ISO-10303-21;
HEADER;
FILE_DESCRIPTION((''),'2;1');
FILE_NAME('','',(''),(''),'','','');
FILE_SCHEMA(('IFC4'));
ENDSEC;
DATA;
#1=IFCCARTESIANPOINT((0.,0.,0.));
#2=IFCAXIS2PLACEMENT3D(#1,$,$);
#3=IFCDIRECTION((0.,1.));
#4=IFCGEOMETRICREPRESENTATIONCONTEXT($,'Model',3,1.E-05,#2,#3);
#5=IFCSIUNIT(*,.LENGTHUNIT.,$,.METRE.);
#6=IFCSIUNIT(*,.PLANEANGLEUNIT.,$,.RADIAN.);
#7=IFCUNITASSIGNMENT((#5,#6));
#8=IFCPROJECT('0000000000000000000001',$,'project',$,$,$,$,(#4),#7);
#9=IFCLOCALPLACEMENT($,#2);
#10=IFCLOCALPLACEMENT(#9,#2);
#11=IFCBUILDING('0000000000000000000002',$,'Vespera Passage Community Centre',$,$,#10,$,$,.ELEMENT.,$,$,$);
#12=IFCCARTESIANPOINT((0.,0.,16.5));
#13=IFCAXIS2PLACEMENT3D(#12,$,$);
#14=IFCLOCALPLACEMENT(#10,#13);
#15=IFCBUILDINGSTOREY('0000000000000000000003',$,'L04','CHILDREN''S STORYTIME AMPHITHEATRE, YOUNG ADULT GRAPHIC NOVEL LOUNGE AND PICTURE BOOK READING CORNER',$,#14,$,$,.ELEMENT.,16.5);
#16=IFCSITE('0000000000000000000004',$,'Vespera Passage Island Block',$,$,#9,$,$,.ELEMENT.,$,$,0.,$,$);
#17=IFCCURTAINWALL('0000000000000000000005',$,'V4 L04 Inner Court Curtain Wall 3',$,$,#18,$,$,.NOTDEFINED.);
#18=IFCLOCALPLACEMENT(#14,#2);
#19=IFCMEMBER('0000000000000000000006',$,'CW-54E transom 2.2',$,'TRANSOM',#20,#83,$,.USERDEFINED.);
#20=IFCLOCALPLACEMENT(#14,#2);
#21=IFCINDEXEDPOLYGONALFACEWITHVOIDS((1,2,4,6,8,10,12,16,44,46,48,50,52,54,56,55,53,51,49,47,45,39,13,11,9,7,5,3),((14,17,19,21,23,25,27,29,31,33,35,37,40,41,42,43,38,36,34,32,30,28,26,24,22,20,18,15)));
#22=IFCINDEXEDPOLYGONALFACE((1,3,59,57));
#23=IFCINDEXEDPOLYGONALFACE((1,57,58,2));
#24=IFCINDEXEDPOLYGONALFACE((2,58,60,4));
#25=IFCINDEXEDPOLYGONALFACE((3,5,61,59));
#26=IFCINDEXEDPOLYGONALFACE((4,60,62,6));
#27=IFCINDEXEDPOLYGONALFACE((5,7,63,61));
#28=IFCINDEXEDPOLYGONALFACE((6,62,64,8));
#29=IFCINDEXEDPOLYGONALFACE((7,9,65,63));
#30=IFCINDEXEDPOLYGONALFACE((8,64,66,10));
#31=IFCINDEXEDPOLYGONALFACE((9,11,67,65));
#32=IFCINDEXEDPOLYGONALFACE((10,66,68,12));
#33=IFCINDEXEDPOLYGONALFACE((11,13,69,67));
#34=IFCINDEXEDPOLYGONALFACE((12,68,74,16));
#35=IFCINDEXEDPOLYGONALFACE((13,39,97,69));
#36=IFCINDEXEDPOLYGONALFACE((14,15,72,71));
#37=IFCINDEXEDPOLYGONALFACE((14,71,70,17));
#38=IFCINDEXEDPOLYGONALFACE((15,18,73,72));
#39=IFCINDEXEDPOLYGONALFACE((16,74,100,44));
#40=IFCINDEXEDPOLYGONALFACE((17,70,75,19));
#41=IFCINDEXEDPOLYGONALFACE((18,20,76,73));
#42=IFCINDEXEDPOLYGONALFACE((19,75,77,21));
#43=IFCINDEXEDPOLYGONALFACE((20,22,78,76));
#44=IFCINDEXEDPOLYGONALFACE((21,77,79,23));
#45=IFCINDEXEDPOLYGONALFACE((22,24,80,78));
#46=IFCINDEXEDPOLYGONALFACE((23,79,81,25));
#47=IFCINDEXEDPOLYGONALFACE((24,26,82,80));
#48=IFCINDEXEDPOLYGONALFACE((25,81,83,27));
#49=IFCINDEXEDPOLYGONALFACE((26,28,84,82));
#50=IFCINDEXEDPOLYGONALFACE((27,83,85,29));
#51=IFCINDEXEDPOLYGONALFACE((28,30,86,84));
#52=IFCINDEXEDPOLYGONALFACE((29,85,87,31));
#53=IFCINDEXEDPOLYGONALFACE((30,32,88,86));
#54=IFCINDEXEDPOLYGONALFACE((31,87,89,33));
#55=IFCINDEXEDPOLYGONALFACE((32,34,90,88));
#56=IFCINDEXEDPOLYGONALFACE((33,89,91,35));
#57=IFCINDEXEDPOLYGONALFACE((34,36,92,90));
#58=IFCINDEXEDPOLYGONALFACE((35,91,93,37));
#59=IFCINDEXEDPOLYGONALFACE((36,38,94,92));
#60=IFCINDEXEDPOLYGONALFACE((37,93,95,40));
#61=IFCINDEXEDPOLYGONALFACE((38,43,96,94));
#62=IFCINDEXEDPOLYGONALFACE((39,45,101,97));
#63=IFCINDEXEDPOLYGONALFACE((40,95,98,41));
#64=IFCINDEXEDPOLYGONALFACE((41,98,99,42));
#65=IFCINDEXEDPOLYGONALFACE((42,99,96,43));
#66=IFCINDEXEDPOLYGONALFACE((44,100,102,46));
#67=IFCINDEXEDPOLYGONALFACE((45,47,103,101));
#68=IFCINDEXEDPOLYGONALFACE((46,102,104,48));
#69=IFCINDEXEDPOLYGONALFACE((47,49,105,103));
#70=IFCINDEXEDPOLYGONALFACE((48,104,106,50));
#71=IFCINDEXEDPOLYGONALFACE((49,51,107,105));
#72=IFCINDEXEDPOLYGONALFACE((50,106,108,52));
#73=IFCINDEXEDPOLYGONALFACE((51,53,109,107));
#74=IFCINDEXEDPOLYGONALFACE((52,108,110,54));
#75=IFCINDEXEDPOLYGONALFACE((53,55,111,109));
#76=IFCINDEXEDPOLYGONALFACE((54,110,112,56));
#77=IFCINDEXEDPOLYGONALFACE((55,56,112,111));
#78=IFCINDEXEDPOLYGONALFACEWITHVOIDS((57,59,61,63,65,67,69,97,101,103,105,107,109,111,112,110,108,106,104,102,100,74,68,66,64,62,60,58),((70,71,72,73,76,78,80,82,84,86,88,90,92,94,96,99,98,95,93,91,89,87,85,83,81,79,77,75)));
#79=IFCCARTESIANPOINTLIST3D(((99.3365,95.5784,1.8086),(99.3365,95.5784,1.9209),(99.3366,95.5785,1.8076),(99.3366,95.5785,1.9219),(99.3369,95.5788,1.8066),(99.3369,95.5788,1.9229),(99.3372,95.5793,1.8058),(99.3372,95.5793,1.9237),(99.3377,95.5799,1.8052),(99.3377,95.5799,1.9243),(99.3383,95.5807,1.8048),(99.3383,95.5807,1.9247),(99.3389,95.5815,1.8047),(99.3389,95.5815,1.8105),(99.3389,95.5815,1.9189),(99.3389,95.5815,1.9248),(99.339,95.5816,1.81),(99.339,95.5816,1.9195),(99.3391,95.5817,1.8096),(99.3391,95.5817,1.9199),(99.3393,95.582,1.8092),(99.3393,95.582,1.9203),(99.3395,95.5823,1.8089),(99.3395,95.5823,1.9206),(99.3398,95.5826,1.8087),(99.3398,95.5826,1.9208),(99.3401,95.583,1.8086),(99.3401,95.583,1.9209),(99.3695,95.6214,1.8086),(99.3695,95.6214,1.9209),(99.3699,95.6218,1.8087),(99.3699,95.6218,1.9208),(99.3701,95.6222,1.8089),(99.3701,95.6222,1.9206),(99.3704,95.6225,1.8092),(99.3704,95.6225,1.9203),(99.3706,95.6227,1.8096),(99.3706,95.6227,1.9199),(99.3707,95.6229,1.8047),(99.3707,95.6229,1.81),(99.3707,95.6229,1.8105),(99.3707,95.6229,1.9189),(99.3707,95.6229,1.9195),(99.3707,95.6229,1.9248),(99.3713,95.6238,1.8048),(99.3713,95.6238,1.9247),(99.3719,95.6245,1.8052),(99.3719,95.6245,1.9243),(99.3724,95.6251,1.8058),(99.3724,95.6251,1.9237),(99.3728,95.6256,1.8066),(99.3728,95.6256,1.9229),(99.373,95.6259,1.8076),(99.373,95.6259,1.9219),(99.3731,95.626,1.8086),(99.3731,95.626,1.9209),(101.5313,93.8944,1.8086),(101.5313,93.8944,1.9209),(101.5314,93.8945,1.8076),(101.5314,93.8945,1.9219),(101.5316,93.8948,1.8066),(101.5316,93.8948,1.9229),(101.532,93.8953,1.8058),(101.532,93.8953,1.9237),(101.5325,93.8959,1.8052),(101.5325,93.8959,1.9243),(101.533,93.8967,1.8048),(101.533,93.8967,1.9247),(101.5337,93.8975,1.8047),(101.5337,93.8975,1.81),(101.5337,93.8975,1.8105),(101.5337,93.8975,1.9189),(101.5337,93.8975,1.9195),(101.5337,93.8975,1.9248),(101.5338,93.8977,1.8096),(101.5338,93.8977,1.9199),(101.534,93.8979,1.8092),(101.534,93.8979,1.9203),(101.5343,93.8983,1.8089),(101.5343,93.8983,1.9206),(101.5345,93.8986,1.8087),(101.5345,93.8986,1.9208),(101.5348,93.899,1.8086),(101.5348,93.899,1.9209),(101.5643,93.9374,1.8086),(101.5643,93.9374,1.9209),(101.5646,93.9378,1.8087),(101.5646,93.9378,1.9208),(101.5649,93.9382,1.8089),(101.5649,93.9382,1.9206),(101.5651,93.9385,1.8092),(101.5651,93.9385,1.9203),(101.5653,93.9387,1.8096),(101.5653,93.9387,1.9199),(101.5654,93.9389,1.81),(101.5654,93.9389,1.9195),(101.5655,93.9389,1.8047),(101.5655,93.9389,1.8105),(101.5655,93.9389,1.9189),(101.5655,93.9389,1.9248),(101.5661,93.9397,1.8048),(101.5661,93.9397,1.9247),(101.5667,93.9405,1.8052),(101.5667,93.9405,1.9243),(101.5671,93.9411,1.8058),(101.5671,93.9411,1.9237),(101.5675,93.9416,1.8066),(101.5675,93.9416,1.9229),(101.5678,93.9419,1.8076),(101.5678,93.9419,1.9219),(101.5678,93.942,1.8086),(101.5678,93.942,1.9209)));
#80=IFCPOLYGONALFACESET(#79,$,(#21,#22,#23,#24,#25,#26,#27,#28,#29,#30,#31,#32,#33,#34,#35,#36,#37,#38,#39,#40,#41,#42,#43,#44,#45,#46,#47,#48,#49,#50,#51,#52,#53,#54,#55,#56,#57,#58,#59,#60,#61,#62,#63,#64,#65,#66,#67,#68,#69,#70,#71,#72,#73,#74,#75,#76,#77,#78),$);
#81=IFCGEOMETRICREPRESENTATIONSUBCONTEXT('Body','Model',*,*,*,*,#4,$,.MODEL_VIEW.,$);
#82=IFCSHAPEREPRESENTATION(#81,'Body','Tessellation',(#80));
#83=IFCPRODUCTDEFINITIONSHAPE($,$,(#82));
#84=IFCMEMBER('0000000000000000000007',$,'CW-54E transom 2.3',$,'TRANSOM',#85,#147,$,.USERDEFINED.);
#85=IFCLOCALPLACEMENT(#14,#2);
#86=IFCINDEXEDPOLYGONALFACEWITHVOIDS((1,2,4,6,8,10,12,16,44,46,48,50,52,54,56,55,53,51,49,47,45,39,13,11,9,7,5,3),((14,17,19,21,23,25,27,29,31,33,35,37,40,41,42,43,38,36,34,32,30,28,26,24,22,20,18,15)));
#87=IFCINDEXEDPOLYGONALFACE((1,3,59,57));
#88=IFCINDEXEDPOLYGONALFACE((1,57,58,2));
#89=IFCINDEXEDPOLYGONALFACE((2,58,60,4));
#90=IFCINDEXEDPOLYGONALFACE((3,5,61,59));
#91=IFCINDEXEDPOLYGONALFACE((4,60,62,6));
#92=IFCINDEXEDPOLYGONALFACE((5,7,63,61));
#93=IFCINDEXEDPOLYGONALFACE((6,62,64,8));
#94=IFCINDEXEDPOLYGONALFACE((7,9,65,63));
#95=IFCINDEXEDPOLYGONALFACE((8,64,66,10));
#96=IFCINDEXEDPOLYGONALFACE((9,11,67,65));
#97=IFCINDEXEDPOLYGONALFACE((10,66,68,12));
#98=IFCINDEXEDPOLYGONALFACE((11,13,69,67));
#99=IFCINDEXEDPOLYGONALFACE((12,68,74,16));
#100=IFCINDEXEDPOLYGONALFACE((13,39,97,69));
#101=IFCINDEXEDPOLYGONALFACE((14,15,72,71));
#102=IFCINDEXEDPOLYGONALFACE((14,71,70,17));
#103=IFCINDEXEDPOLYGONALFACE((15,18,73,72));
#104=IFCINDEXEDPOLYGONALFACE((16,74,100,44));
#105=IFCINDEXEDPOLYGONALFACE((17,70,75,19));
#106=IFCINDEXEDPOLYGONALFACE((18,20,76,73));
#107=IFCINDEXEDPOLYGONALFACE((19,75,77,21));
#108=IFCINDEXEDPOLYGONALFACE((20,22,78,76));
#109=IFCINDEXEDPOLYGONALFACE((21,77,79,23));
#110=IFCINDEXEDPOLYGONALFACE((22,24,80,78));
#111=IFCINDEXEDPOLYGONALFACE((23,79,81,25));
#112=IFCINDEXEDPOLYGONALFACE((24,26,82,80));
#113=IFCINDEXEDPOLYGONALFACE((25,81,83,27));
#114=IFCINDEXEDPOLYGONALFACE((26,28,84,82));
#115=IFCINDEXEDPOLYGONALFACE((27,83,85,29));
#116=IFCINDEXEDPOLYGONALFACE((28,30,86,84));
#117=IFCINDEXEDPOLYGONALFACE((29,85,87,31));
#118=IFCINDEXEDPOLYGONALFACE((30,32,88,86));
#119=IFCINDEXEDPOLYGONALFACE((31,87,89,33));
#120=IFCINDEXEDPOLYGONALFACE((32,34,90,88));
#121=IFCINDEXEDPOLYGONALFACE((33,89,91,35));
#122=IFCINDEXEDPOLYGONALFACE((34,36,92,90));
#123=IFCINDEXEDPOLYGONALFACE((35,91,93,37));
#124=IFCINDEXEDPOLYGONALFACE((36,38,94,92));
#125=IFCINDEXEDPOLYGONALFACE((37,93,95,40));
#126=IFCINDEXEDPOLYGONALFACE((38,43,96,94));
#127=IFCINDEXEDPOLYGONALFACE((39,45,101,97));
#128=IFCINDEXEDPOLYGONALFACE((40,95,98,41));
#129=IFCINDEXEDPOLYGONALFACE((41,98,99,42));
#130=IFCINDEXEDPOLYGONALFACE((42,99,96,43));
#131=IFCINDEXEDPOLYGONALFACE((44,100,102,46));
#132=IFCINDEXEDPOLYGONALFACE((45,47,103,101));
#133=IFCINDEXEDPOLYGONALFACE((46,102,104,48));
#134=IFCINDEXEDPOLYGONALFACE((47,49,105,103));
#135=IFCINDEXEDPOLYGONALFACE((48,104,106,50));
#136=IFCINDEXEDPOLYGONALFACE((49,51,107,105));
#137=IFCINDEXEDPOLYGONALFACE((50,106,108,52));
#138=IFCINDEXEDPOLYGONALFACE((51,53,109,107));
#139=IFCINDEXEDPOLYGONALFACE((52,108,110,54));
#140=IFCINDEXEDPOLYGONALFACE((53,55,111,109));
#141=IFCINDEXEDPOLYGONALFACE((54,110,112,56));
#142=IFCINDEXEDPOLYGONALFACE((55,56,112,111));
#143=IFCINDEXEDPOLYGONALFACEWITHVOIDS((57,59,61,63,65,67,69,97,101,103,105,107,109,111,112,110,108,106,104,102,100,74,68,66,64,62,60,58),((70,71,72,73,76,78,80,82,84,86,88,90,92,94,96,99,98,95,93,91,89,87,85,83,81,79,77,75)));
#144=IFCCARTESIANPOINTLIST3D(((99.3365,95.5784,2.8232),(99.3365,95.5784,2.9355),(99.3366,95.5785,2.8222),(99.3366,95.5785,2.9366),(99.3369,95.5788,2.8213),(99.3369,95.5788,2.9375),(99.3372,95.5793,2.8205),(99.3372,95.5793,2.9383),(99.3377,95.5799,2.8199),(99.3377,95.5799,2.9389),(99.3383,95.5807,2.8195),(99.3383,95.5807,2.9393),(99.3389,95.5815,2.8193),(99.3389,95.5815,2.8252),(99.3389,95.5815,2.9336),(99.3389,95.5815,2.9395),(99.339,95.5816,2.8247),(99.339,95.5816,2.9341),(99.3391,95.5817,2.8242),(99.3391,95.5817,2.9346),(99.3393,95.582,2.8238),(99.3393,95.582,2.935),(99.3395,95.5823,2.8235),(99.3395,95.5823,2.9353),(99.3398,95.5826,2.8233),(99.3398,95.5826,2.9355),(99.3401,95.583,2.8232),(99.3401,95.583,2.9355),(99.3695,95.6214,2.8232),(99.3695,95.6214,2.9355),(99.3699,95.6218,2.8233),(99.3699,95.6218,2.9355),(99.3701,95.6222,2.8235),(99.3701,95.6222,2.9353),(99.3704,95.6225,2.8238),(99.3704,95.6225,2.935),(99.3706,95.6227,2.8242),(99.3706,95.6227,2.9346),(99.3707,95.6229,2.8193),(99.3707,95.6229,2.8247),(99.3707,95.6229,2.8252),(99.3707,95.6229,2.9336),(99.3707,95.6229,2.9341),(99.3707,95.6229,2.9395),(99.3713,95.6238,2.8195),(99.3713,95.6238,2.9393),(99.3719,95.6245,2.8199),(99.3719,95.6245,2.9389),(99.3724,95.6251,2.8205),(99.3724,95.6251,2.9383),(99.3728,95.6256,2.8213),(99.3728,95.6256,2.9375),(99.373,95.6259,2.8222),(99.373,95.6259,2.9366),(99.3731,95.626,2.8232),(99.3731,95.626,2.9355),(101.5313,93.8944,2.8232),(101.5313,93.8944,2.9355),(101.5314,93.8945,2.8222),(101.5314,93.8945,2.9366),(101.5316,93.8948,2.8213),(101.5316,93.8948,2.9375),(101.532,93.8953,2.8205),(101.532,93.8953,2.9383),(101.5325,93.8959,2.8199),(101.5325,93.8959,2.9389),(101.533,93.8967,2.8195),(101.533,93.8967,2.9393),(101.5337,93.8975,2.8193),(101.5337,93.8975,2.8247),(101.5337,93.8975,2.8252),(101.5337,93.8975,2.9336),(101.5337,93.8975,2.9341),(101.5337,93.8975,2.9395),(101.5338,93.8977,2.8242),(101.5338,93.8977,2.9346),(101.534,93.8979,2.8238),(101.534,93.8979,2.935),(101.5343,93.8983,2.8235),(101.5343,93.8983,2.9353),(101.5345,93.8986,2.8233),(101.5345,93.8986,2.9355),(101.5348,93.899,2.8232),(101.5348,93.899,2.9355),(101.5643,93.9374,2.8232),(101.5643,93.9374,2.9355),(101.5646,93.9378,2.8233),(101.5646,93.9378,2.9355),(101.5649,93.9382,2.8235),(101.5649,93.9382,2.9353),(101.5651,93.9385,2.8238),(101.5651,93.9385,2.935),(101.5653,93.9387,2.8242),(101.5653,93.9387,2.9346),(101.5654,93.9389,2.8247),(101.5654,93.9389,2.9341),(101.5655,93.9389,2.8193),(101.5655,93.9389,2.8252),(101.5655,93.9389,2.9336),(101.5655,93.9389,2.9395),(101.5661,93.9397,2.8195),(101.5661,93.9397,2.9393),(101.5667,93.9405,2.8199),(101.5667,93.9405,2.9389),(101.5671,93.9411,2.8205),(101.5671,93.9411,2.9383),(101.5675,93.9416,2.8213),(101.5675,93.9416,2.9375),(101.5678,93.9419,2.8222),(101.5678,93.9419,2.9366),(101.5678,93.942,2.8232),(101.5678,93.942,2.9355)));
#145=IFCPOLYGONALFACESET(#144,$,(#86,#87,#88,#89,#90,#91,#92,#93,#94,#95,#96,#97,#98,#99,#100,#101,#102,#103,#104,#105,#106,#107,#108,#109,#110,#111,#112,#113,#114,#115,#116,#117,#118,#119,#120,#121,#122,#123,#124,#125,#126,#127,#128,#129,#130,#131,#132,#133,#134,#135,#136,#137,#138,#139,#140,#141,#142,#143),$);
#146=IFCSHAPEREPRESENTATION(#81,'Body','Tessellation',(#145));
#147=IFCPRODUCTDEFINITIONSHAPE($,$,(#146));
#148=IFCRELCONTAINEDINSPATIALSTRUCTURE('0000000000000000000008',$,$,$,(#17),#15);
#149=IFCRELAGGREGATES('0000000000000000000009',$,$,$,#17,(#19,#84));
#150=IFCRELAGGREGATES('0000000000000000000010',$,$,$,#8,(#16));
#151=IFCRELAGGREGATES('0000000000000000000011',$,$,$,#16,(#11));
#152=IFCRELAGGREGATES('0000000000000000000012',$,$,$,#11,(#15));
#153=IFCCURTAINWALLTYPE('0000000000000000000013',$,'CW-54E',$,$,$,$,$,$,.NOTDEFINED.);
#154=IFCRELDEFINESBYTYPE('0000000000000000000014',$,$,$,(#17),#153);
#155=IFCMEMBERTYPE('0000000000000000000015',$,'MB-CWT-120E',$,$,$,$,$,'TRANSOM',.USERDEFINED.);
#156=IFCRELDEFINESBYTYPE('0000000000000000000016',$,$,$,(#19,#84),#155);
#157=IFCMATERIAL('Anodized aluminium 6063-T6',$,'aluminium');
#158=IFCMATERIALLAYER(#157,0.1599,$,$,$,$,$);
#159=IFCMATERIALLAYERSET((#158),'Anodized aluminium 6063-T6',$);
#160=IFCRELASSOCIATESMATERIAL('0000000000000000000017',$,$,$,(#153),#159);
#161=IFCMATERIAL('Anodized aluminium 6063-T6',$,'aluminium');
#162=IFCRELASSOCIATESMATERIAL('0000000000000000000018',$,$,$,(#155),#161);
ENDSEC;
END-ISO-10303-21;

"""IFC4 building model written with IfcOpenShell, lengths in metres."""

from ifc_helpers import new_model, si_unit, direction, frame, origin, origin_2d, place, context, subcontext, project, spatial, hollow_rectangle, extrude, material, layer, layer_set, material_profile, profile_set, type_object, element, aggregate, save


model = new_model("IFC4")

# Units and contexts
model_context = context("Model", 3, precision=1e-05, world=origin(), true_north=direction((0.0, 1.0)))
body_context = subcontext(model_context, "Body", "Model", "MODEL_VIEW")
ifc_project = project(units=[si_unit("LENGTHUNIT", "METRE"), si_unit("PLANEANGLEUNIT", "RADIAN")], contexts=[model_context])

# Site, building, storey
site_placement = place(None, origin())
site = spatial("IfcSite", under=ifc_project, at=site_placement, Name="Vespera Passage Island Block", CompositionType="ELEMENT", RefElevation=0.0)
building_placement = place(site_placement, origin())
building = spatial("IfcBuilding", under=site, at=building_placement, Name="Vespera Passage Community Centre", CompositionType="ELEMENT")
storey_placement = place(building_placement, frame((0.0, 0.0, 16.5)))
storey = spatial("IfcBuildingStorey", under=building, at=storey_placement, Name="L04", Description="CHILDREN'S STORYTIME AMPHITHEATRE, YOUNG ADULT GRAPHIC NOVEL LOUNGE AND PICTURE BOOK READING CORNER", CompositionType="ELEMENT", Elevation=16.5)

# Curtain wall
ifc_material_1 = material(Name="Anodized aluminium 6063-T6", Category="aluminium")
ifc_layer_1 = layer(ifc_material_1, 0.1599)
ifc_layer_set_1 = layer_set([ifc_layer_1], Name="Anodized aluminium 6063-T6")
curtain_wall_type_1 = type_object("IfcCurtainWallType", Name="CW-54E", PredefinedType="NOTDEFINED", material=ifc_layer_set_1)
curtain_wall_1_placement = place(storey_placement, origin())
curtain_wall_1 = element("IfcCurtainWall", 1, at=curtain_wall_1_placement, inside=storey, type_object=curtain_wall_type_1, Name="V4 L04 Inner Court Curtain Wall 3", PredefinedType="NOTDEFINED")

# Members
ifc_material_2 = material(Name="Anodized aluminium 6063-T6", Category="aluminium")
ifc_material_profile_1 = material_profile(ifc_material_2, hollow_rectangle(XDim=0.0601, YDim=0.1201, WallThickness=0.0039, InnerFilletRadius=0.002, OuterFilletRadius=0.0039, at=origin_2d()), Name="ALU120X60X4")
ifc_profile_set_1 = profile_set([ifc_material_profile_1], Name="Anodized aluminium 6063-T6")
member_type_1 = type_object("IfcMemberType", Name="MB-CWT-120E", ElementType="TRANSOM", PredefinedType="USERDEFINED", material=ifc_profile_set_1)
member_1_placement = place(storey_placement, frame((101.5496, 93.9182, 1.8647), z_axis=(-0.793365, 0.608746, 0.0), x_axis=(-0.608746, -0.793365, 0.0)))
member_1 = element("IfcMember", 2, at=member_1_placement, type_object=member_type_1, Name="CW-54E transom 2.2", ObjectType="TRANSOM", PredefinedType="USERDEFINED", context=body_context, shape_type="SweptSolid", body=[
    extrude(hollow_rectangle(XDim=0.0601, YDim=0.1201, WallThickness=0.0039, InnerFilletRadius=0.002, OuterFilletRadius=0.0039, at=origin_2d()), origin(), (0.0, 0.0, 1.0), 2.7664),
])
member_2_placement = place(storey_placement, frame((101.5496, 93.9182, 2.8794), z_axis=(-0.793365, 0.608746, 0.0), x_axis=(-0.608746, -0.793365, 0.0)))
member_2 = element("IfcMember", 3, at=member_2_placement, type_object=member_type_1, Name="CW-54E transom 2.3", ObjectType="TRANSOM", PredefinedType="USERDEFINED", context=body_context, shape_type="SweptSolid", body=[
    extrude(hollow_rectangle(XDim=0.0601, YDim=0.1201, WallThickness=0.0039, InnerFilletRadius=0.002, OuterFilletRadius=0.0039, at=origin_2d()), origin(), (0.0, 0.0, 1.0), 2.7664),
])

aggregate(curtain_wall_1, [member_1, member_2])

save(model, "model.ifc")
